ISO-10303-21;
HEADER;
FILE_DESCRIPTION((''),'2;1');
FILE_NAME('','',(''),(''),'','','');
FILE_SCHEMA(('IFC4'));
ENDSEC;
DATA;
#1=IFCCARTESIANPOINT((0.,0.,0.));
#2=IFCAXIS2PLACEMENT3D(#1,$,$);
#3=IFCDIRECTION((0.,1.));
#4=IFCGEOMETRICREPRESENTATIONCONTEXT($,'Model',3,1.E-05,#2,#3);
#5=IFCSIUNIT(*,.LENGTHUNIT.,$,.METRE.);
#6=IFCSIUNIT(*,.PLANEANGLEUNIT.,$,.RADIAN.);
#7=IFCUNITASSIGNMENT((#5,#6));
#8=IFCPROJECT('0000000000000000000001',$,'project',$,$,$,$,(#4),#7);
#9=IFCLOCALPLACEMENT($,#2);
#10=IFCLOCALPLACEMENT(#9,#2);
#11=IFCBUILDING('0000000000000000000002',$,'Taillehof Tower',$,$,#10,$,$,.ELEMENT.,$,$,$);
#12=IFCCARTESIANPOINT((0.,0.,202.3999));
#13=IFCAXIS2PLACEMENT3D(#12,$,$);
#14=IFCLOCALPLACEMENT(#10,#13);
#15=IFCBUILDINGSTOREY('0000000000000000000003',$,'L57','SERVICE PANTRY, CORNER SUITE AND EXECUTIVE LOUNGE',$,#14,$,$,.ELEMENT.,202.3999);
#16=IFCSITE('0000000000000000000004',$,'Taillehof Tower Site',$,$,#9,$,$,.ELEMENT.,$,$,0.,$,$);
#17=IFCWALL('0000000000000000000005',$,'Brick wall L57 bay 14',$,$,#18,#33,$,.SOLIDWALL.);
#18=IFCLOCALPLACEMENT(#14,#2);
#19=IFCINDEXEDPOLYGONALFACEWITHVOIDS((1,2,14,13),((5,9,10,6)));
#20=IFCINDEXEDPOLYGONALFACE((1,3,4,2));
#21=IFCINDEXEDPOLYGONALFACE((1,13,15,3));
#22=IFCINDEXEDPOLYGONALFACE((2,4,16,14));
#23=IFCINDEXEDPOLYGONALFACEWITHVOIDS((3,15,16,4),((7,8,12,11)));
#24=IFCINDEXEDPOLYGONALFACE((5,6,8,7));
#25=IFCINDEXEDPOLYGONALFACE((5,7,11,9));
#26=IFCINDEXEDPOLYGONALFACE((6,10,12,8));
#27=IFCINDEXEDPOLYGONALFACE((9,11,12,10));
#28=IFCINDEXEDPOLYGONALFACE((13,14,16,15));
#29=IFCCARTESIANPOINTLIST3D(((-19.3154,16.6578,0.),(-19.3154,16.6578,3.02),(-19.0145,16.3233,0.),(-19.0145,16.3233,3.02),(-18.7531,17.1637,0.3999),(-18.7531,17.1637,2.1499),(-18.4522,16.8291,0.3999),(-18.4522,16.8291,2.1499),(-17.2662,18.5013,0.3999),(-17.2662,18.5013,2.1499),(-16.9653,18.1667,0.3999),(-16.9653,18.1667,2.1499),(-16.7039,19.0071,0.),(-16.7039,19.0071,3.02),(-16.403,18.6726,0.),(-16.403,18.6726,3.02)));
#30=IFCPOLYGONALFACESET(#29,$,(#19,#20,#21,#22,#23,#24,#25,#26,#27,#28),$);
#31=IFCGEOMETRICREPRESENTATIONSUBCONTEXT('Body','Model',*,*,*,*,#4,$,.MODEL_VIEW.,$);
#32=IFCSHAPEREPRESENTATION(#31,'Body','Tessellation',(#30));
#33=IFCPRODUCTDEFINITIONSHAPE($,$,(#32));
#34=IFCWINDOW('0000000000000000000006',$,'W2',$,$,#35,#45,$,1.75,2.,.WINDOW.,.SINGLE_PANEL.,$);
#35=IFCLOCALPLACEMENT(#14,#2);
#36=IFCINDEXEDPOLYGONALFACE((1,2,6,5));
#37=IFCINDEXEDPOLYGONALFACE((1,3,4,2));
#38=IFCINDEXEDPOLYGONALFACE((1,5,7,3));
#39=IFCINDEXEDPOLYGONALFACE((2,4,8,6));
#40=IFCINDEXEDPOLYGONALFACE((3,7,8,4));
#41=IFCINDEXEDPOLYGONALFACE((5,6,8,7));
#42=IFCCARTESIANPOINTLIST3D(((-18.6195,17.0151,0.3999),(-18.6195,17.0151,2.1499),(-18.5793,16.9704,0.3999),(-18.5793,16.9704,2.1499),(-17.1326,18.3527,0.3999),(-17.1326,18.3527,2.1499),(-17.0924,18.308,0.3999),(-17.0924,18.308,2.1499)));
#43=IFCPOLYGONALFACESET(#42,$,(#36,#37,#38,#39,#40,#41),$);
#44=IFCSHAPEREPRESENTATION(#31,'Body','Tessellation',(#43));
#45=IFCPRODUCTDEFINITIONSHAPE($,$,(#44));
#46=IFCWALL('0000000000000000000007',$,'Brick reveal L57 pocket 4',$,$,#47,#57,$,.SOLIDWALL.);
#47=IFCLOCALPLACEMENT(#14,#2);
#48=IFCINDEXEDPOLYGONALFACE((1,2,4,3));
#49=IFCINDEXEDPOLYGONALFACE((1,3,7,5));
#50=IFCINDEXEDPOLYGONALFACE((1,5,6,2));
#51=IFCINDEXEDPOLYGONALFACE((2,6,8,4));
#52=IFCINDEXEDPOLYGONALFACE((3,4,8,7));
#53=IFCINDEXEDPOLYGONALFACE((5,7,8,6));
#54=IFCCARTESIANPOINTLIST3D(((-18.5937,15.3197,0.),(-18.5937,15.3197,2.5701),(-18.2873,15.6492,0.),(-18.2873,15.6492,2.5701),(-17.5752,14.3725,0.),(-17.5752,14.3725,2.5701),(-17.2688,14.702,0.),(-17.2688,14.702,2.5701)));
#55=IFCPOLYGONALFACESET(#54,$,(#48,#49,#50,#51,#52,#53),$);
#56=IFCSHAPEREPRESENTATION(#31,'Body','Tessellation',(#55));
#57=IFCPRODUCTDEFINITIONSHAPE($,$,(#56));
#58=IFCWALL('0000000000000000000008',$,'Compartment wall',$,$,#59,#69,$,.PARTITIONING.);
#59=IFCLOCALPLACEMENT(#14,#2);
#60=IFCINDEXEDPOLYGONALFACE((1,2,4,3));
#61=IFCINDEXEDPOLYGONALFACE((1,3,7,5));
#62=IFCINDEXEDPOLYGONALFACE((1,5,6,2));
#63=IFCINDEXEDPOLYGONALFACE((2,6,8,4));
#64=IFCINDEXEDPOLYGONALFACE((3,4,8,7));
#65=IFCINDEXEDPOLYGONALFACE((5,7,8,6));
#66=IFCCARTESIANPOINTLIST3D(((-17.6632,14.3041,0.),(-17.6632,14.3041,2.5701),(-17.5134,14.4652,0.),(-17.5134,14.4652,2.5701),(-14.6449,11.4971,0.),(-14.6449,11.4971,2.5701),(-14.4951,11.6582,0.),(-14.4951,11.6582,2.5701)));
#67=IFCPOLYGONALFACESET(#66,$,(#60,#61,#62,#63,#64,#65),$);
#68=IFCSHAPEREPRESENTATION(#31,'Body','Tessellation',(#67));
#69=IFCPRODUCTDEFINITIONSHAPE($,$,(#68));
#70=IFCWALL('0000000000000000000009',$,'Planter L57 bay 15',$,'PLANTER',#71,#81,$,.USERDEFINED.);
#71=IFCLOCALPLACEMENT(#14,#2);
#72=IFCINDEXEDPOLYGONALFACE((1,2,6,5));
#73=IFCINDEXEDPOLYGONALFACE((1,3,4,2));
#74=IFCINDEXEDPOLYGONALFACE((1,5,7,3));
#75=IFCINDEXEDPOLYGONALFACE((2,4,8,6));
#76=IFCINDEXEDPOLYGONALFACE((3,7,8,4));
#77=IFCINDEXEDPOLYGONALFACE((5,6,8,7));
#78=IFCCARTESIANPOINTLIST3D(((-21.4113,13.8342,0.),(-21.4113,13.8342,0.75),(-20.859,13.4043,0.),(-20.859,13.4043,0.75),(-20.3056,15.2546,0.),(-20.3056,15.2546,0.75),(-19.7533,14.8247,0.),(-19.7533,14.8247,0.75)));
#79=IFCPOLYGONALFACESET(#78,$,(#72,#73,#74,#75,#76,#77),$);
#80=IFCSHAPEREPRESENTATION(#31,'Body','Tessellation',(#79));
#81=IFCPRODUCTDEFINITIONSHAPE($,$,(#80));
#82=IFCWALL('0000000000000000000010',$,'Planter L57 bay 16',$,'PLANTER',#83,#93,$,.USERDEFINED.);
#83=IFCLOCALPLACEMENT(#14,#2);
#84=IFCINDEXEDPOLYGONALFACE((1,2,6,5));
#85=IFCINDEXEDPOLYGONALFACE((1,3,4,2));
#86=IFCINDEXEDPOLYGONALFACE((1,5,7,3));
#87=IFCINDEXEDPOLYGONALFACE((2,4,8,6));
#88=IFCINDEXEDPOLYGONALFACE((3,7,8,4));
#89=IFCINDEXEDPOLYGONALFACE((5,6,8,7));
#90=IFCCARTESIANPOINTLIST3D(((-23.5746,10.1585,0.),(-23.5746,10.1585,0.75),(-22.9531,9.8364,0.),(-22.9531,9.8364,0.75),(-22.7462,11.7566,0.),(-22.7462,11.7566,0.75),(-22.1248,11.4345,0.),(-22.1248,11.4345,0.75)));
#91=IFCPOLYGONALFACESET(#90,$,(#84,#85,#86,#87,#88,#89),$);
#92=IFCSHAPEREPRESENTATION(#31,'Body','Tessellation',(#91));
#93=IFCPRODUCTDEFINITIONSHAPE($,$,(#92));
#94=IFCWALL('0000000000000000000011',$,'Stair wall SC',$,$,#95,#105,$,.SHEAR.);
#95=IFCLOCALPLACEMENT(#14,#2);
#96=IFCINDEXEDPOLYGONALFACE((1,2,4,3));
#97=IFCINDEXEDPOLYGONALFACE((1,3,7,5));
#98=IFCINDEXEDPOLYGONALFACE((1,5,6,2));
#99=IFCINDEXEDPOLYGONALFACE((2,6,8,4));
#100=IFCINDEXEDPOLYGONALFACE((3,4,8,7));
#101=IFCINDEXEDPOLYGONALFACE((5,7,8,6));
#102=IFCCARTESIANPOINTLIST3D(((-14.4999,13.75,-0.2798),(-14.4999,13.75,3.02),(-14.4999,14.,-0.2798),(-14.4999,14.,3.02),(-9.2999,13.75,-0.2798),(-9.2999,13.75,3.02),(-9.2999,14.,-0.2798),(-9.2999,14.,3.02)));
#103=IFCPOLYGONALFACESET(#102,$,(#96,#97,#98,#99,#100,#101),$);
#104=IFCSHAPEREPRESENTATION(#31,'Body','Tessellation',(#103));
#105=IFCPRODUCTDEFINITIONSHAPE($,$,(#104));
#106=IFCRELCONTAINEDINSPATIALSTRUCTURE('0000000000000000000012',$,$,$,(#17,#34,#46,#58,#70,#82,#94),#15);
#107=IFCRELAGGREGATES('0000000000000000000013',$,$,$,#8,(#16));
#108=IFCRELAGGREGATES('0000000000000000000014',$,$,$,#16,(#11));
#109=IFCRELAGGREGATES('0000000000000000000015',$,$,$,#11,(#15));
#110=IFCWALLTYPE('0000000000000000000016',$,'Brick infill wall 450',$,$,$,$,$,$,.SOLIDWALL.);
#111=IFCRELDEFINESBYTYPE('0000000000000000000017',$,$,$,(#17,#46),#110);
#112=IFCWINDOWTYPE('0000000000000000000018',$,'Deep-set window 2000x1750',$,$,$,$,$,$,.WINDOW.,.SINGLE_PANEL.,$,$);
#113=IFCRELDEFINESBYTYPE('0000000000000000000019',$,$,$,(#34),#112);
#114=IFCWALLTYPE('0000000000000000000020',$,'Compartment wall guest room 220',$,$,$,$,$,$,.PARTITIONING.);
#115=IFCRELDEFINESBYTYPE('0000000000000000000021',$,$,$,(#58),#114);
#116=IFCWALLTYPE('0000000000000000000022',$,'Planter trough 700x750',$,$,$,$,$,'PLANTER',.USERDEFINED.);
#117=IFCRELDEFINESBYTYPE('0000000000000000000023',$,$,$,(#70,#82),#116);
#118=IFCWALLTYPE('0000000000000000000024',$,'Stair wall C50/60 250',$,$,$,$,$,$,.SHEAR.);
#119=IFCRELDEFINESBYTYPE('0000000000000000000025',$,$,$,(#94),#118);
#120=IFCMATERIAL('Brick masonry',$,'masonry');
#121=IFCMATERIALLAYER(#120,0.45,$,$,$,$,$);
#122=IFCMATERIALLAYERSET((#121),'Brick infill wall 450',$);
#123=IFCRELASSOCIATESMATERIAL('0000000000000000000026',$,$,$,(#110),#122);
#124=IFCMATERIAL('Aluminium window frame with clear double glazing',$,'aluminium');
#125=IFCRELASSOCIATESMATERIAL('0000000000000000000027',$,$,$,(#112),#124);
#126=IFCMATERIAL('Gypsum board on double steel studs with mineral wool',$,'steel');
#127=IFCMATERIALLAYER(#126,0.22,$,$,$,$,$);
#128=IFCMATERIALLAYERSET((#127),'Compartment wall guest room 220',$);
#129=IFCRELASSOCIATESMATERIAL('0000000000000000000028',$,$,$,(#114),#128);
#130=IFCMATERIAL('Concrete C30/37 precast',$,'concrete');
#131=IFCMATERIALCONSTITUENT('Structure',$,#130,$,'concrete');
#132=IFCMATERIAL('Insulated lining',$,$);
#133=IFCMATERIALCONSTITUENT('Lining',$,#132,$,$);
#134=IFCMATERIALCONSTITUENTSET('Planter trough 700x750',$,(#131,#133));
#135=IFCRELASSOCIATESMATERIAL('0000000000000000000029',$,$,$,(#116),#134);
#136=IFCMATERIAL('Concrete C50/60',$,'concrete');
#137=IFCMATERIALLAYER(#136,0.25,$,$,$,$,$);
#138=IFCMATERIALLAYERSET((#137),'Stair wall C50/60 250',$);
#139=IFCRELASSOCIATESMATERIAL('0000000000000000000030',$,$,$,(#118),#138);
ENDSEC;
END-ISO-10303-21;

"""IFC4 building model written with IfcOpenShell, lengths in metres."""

from ifc_helpers import new_model, si_unit, direction, frame, frame_2d, origin, place, context, subcontext, project, spatial, rectangle, extrude, material, layer, layer_set, constituent, constituent_set, type_object, element, fill, save


model = new_model("IFC4")

# Units and contexts
model_context = context("Model", 3, precision=1e-05, world=origin(), true_north=direction((0.0, 1.0)))
body_context = subcontext(model_context, "Body", "Model", "MODEL_VIEW")
ifc_project = project(units=[si_unit("LENGTHUNIT", "METRE"), si_unit("PLANEANGLEUNIT", "RADIAN")], contexts=[model_context])

# Site, building, storey
site_placement = place(None, origin())
site = spatial("IfcSite", under=ifc_project, at=site_placement, Name="Taillehof Tower Site", CompositionType="ELEMENT", RefElevation=0.0)
building_placement = place(site_placement, origin())
building = spatial("IfcBuilding", under=site, at=building_placement, Name="Taillehof Tower", CompositionType="ELEMENT")
storey_placement = place(building_placement, frame((0.0, 0.0, 202.3999)))
storey = spatial("IfcBuildingStorey", under=building, at=storey_placement, Name="L57", Description="SERVICE PANTRY, CORNER SUITE AND EXECUTIVE LOUNGE", CompositionType="ELEMENT", Elevation=202.3999)

# Wall, opening, window
ifc_material_1 = material(Name="Brick masonry", Category="masonry")
ifc_layer_1 = layer(ifc_material_1, 0.45)
ifc_layer_set_1 = layer_set([ifc_layer_1], Name="Brick infill wall 450")
wall_type_1 = type_object("IfcWallType", Name="Brick infill wall 450", PredefinedType="SOLIDWALL", material=ifc_layer_set_1)
ifc_material_2 = material(Name="Aluminium window frame with clear double glazing", Category="aluminium")
window_type_1 = type_object("IfcWindowType", Name="Deep-set window 2000x1750", PartitioningType="SINGLE_PANEL", PredefinedType="WINDOW", material=ifc_material_2)
wall_1_placement = place(storey_placement, frame((-16.5535, 18.8398, 0.0), z_axis=(0.0, 0.0, 1.0), x_axis=(-0.743443, -0.6688, 0.0)))
wall_1 = element("IfcWall", 1, at=wall_1_placement, inside=storey, type_object=wall_type_1, Name="Brick wall L57 bay 14", PredefinedType="SOLIDWALL", context=body_context, shape_type="SweptSolid", body=[
    extrude(rectangle(XDim=3.5127, YDim=0.45, at=frame_2d((1.7563, 0.0))), origin(), (0.0, 0.0, 1.0), 3.02),
])
opening_1_placement = place(wall_1_placement, frame((0.7563, 0.0, 0.3999)))
opening_1 = element("IfcOpeningElement", 2, at=opening_1_placement, cuts=wall_1, PredefinedType="OPENING", context=body_context, shape_type="SweptSolid", body=[
    extrude(rectangle(XDim=2.0, YDim=1.75, at=frame_2d((1.0, 0.875))), frame((0.0, 0.2349, 0.0), z_axis=(0.0, -1.0, 0.0), x_axis=(1.0, 0.0, 0.0)), (0.0, 0.0, 1.0), 0.47),
])
window_1_placement = place(opening_1_placement, origin())
window_1 = element("IfcWindow", 3, at=window_1_placement, inside=storey, type_object=window_type_1, Name="W2", OverallHeight=1.75, OverallWidth=2.0, PartitioningType="SINGLE_PANEL", PredefinedType="WINDOW", context=body_context, shape_type="SweptSolid", body=[
    extrude(rectangle(XDim=2.0, YDim=1.75, at=frame_2d((1.0, 0.875))), frame((0.0, 0.0349, 0.0), z_axis=(0.0, -1.0, 0.0), x_axis=(1.0, 0.0, 0.0)), (0.0, 0.0, 1.0), 0.0601),
])
fill(opening_1, window_1)

# Wall
wall_2_placement = place(storey_placement, frame((-18.4404, 15.4844, 0.0), z_axis=(0.0, 0.0, 1.0), x_axis=(0.732268, -0.681016, 0.0)))
element("IfcWall", 4, at=wall_2_placement, inside=storey, type_object=wall_type_1, Name="Brick reveal L57 pocket 4", PredefinedType="SOLIDWALL", context=body_context, shape_type="SweptSolid", body=[
    extrude(rectangle(XDim=1.3909, YDim=0.45, at=frame_2d((0.6953, 0.0))), origin(), (0.0, 0.0, 1.0), 2.5701),
])

# Walls
ifc_material_3 = material(Name="Gypsum board on double steel studs with mineral wool", Category="steel")
ifc_layer_2 = layer(ifc_material_3, 0.22)
ifc_layer_set_2 = layer_set([ifc_layer_2], Name="Compartment wall guest room 220")
wall_type_2 = type_object("IfcWallType", Name="Compartment wall guest room 220", PredefinedType="PARTITIONING", material=ifc_layer_set_2)
wall_3_placement = place(storey_placement, frame((-17.5884, 14.3848, 0.0), z_axis=(0.0, 0.0, 1.0), x_axis=(0.73226, -0.681026, 0.0)))
element("IfcWall", 5, at=wall_3_placement, inside=storey, type_object=wall_type_2, Name="Compartment wall", PredefinedType="PARTITIONING", context=body_context, shape_type="SweptSolid", body=[
    extrude(rectangle(XDim=4.1218, YDim=0.22, at=frame_2d((2.061, 0.0))), origin(), (0.0, 0.0, 1.0), 2.5701),
])
ifc_material_4 = material(Name="Concrete C30/37 precast", Category="concrete")
ifc_constituent_1 = constituent(ifc_material_4, Name="Structure", Category="concrete")
ifc_material_5 = material(Name="Insulated lining")
ifc_constituent_2 = constituent(ifc_material_5, Name="Lining")
ifc_constituent_set = constituent_set(constituents=[ifc_constituent_1, ifc_constituent_2], Name="Planter trough 700x750")
wall_type_3 = type_object("IfcWallType", Name="Planter trough 700x750", ElementType="PLANTER", PredefinedType="USERDEFINED", material=ifc_constituent_set)
for number, where, z_axis, x_axis, name in (
    (6, (-20.0295, 15.0396, 0.0), (0.0, 0.0, 1.0), (-0.614269, -0.789097, 0.0), "Planter L57 bay 15"),
    (7, (-22.4355, 11.5955, 0.0), (0.0, 0.0, 1.0), (-0.460187, -0.887822, 0.0), "Planter L57 bay 16"),
):
    element("IfcWall", number, at=place(storey_placement, frame(where, z_axis=z_axis, x_axis=x_axis)), inside=storey, type_object=wall_type_3, Name=name, ObjectType="PLANTER", PredefinedType="USERDEFINED", context=body_context, shape_type="SweptSolid", body=[
        extrude(rectangle(XDim=1.8, YDim=0.7, at=frame_2d((0.8999, 0.0))), origin(), (0.0, 0.0, 1.0), 0.75),
    ])
ifc_material_6 = material(Name="Concrete C50/60", Category="concrete")
ifc_layer_3 = layer(ifc_material_6, 0.25)
ifc_layer_set_3 = layer_set([ifc_layer_3], Name="Stair wall C50/60 250")
wall_type_4 = type_object("IfcWallType", Name="Stair wall C50/60 250", PredefinedType="SHEAR", material=ifc_layer_set_3)
wall_4_placement = place(storey_placement, frame((-14.5, 13.875, -0.2798), z_axis=(0.0, 0.0, 1.0), x_axis=(1.0, 0.0, 0.0)))
element("IfcWall", 8, at=wall_4_placement, inside=storey, type_object=wall_type_4, Name="Stair wall SC", PredefinedType="SHEAR", context=body_context, shape_type="SweptSolid", body=[
    extrude(rectangle(XDim=5.2, YDim=0.25, at=frame_2d((2.6001, 0.0))), origin(), (0.0, 0.0, 1.0), 3.2998),
])

save(model, "model.ifc")
